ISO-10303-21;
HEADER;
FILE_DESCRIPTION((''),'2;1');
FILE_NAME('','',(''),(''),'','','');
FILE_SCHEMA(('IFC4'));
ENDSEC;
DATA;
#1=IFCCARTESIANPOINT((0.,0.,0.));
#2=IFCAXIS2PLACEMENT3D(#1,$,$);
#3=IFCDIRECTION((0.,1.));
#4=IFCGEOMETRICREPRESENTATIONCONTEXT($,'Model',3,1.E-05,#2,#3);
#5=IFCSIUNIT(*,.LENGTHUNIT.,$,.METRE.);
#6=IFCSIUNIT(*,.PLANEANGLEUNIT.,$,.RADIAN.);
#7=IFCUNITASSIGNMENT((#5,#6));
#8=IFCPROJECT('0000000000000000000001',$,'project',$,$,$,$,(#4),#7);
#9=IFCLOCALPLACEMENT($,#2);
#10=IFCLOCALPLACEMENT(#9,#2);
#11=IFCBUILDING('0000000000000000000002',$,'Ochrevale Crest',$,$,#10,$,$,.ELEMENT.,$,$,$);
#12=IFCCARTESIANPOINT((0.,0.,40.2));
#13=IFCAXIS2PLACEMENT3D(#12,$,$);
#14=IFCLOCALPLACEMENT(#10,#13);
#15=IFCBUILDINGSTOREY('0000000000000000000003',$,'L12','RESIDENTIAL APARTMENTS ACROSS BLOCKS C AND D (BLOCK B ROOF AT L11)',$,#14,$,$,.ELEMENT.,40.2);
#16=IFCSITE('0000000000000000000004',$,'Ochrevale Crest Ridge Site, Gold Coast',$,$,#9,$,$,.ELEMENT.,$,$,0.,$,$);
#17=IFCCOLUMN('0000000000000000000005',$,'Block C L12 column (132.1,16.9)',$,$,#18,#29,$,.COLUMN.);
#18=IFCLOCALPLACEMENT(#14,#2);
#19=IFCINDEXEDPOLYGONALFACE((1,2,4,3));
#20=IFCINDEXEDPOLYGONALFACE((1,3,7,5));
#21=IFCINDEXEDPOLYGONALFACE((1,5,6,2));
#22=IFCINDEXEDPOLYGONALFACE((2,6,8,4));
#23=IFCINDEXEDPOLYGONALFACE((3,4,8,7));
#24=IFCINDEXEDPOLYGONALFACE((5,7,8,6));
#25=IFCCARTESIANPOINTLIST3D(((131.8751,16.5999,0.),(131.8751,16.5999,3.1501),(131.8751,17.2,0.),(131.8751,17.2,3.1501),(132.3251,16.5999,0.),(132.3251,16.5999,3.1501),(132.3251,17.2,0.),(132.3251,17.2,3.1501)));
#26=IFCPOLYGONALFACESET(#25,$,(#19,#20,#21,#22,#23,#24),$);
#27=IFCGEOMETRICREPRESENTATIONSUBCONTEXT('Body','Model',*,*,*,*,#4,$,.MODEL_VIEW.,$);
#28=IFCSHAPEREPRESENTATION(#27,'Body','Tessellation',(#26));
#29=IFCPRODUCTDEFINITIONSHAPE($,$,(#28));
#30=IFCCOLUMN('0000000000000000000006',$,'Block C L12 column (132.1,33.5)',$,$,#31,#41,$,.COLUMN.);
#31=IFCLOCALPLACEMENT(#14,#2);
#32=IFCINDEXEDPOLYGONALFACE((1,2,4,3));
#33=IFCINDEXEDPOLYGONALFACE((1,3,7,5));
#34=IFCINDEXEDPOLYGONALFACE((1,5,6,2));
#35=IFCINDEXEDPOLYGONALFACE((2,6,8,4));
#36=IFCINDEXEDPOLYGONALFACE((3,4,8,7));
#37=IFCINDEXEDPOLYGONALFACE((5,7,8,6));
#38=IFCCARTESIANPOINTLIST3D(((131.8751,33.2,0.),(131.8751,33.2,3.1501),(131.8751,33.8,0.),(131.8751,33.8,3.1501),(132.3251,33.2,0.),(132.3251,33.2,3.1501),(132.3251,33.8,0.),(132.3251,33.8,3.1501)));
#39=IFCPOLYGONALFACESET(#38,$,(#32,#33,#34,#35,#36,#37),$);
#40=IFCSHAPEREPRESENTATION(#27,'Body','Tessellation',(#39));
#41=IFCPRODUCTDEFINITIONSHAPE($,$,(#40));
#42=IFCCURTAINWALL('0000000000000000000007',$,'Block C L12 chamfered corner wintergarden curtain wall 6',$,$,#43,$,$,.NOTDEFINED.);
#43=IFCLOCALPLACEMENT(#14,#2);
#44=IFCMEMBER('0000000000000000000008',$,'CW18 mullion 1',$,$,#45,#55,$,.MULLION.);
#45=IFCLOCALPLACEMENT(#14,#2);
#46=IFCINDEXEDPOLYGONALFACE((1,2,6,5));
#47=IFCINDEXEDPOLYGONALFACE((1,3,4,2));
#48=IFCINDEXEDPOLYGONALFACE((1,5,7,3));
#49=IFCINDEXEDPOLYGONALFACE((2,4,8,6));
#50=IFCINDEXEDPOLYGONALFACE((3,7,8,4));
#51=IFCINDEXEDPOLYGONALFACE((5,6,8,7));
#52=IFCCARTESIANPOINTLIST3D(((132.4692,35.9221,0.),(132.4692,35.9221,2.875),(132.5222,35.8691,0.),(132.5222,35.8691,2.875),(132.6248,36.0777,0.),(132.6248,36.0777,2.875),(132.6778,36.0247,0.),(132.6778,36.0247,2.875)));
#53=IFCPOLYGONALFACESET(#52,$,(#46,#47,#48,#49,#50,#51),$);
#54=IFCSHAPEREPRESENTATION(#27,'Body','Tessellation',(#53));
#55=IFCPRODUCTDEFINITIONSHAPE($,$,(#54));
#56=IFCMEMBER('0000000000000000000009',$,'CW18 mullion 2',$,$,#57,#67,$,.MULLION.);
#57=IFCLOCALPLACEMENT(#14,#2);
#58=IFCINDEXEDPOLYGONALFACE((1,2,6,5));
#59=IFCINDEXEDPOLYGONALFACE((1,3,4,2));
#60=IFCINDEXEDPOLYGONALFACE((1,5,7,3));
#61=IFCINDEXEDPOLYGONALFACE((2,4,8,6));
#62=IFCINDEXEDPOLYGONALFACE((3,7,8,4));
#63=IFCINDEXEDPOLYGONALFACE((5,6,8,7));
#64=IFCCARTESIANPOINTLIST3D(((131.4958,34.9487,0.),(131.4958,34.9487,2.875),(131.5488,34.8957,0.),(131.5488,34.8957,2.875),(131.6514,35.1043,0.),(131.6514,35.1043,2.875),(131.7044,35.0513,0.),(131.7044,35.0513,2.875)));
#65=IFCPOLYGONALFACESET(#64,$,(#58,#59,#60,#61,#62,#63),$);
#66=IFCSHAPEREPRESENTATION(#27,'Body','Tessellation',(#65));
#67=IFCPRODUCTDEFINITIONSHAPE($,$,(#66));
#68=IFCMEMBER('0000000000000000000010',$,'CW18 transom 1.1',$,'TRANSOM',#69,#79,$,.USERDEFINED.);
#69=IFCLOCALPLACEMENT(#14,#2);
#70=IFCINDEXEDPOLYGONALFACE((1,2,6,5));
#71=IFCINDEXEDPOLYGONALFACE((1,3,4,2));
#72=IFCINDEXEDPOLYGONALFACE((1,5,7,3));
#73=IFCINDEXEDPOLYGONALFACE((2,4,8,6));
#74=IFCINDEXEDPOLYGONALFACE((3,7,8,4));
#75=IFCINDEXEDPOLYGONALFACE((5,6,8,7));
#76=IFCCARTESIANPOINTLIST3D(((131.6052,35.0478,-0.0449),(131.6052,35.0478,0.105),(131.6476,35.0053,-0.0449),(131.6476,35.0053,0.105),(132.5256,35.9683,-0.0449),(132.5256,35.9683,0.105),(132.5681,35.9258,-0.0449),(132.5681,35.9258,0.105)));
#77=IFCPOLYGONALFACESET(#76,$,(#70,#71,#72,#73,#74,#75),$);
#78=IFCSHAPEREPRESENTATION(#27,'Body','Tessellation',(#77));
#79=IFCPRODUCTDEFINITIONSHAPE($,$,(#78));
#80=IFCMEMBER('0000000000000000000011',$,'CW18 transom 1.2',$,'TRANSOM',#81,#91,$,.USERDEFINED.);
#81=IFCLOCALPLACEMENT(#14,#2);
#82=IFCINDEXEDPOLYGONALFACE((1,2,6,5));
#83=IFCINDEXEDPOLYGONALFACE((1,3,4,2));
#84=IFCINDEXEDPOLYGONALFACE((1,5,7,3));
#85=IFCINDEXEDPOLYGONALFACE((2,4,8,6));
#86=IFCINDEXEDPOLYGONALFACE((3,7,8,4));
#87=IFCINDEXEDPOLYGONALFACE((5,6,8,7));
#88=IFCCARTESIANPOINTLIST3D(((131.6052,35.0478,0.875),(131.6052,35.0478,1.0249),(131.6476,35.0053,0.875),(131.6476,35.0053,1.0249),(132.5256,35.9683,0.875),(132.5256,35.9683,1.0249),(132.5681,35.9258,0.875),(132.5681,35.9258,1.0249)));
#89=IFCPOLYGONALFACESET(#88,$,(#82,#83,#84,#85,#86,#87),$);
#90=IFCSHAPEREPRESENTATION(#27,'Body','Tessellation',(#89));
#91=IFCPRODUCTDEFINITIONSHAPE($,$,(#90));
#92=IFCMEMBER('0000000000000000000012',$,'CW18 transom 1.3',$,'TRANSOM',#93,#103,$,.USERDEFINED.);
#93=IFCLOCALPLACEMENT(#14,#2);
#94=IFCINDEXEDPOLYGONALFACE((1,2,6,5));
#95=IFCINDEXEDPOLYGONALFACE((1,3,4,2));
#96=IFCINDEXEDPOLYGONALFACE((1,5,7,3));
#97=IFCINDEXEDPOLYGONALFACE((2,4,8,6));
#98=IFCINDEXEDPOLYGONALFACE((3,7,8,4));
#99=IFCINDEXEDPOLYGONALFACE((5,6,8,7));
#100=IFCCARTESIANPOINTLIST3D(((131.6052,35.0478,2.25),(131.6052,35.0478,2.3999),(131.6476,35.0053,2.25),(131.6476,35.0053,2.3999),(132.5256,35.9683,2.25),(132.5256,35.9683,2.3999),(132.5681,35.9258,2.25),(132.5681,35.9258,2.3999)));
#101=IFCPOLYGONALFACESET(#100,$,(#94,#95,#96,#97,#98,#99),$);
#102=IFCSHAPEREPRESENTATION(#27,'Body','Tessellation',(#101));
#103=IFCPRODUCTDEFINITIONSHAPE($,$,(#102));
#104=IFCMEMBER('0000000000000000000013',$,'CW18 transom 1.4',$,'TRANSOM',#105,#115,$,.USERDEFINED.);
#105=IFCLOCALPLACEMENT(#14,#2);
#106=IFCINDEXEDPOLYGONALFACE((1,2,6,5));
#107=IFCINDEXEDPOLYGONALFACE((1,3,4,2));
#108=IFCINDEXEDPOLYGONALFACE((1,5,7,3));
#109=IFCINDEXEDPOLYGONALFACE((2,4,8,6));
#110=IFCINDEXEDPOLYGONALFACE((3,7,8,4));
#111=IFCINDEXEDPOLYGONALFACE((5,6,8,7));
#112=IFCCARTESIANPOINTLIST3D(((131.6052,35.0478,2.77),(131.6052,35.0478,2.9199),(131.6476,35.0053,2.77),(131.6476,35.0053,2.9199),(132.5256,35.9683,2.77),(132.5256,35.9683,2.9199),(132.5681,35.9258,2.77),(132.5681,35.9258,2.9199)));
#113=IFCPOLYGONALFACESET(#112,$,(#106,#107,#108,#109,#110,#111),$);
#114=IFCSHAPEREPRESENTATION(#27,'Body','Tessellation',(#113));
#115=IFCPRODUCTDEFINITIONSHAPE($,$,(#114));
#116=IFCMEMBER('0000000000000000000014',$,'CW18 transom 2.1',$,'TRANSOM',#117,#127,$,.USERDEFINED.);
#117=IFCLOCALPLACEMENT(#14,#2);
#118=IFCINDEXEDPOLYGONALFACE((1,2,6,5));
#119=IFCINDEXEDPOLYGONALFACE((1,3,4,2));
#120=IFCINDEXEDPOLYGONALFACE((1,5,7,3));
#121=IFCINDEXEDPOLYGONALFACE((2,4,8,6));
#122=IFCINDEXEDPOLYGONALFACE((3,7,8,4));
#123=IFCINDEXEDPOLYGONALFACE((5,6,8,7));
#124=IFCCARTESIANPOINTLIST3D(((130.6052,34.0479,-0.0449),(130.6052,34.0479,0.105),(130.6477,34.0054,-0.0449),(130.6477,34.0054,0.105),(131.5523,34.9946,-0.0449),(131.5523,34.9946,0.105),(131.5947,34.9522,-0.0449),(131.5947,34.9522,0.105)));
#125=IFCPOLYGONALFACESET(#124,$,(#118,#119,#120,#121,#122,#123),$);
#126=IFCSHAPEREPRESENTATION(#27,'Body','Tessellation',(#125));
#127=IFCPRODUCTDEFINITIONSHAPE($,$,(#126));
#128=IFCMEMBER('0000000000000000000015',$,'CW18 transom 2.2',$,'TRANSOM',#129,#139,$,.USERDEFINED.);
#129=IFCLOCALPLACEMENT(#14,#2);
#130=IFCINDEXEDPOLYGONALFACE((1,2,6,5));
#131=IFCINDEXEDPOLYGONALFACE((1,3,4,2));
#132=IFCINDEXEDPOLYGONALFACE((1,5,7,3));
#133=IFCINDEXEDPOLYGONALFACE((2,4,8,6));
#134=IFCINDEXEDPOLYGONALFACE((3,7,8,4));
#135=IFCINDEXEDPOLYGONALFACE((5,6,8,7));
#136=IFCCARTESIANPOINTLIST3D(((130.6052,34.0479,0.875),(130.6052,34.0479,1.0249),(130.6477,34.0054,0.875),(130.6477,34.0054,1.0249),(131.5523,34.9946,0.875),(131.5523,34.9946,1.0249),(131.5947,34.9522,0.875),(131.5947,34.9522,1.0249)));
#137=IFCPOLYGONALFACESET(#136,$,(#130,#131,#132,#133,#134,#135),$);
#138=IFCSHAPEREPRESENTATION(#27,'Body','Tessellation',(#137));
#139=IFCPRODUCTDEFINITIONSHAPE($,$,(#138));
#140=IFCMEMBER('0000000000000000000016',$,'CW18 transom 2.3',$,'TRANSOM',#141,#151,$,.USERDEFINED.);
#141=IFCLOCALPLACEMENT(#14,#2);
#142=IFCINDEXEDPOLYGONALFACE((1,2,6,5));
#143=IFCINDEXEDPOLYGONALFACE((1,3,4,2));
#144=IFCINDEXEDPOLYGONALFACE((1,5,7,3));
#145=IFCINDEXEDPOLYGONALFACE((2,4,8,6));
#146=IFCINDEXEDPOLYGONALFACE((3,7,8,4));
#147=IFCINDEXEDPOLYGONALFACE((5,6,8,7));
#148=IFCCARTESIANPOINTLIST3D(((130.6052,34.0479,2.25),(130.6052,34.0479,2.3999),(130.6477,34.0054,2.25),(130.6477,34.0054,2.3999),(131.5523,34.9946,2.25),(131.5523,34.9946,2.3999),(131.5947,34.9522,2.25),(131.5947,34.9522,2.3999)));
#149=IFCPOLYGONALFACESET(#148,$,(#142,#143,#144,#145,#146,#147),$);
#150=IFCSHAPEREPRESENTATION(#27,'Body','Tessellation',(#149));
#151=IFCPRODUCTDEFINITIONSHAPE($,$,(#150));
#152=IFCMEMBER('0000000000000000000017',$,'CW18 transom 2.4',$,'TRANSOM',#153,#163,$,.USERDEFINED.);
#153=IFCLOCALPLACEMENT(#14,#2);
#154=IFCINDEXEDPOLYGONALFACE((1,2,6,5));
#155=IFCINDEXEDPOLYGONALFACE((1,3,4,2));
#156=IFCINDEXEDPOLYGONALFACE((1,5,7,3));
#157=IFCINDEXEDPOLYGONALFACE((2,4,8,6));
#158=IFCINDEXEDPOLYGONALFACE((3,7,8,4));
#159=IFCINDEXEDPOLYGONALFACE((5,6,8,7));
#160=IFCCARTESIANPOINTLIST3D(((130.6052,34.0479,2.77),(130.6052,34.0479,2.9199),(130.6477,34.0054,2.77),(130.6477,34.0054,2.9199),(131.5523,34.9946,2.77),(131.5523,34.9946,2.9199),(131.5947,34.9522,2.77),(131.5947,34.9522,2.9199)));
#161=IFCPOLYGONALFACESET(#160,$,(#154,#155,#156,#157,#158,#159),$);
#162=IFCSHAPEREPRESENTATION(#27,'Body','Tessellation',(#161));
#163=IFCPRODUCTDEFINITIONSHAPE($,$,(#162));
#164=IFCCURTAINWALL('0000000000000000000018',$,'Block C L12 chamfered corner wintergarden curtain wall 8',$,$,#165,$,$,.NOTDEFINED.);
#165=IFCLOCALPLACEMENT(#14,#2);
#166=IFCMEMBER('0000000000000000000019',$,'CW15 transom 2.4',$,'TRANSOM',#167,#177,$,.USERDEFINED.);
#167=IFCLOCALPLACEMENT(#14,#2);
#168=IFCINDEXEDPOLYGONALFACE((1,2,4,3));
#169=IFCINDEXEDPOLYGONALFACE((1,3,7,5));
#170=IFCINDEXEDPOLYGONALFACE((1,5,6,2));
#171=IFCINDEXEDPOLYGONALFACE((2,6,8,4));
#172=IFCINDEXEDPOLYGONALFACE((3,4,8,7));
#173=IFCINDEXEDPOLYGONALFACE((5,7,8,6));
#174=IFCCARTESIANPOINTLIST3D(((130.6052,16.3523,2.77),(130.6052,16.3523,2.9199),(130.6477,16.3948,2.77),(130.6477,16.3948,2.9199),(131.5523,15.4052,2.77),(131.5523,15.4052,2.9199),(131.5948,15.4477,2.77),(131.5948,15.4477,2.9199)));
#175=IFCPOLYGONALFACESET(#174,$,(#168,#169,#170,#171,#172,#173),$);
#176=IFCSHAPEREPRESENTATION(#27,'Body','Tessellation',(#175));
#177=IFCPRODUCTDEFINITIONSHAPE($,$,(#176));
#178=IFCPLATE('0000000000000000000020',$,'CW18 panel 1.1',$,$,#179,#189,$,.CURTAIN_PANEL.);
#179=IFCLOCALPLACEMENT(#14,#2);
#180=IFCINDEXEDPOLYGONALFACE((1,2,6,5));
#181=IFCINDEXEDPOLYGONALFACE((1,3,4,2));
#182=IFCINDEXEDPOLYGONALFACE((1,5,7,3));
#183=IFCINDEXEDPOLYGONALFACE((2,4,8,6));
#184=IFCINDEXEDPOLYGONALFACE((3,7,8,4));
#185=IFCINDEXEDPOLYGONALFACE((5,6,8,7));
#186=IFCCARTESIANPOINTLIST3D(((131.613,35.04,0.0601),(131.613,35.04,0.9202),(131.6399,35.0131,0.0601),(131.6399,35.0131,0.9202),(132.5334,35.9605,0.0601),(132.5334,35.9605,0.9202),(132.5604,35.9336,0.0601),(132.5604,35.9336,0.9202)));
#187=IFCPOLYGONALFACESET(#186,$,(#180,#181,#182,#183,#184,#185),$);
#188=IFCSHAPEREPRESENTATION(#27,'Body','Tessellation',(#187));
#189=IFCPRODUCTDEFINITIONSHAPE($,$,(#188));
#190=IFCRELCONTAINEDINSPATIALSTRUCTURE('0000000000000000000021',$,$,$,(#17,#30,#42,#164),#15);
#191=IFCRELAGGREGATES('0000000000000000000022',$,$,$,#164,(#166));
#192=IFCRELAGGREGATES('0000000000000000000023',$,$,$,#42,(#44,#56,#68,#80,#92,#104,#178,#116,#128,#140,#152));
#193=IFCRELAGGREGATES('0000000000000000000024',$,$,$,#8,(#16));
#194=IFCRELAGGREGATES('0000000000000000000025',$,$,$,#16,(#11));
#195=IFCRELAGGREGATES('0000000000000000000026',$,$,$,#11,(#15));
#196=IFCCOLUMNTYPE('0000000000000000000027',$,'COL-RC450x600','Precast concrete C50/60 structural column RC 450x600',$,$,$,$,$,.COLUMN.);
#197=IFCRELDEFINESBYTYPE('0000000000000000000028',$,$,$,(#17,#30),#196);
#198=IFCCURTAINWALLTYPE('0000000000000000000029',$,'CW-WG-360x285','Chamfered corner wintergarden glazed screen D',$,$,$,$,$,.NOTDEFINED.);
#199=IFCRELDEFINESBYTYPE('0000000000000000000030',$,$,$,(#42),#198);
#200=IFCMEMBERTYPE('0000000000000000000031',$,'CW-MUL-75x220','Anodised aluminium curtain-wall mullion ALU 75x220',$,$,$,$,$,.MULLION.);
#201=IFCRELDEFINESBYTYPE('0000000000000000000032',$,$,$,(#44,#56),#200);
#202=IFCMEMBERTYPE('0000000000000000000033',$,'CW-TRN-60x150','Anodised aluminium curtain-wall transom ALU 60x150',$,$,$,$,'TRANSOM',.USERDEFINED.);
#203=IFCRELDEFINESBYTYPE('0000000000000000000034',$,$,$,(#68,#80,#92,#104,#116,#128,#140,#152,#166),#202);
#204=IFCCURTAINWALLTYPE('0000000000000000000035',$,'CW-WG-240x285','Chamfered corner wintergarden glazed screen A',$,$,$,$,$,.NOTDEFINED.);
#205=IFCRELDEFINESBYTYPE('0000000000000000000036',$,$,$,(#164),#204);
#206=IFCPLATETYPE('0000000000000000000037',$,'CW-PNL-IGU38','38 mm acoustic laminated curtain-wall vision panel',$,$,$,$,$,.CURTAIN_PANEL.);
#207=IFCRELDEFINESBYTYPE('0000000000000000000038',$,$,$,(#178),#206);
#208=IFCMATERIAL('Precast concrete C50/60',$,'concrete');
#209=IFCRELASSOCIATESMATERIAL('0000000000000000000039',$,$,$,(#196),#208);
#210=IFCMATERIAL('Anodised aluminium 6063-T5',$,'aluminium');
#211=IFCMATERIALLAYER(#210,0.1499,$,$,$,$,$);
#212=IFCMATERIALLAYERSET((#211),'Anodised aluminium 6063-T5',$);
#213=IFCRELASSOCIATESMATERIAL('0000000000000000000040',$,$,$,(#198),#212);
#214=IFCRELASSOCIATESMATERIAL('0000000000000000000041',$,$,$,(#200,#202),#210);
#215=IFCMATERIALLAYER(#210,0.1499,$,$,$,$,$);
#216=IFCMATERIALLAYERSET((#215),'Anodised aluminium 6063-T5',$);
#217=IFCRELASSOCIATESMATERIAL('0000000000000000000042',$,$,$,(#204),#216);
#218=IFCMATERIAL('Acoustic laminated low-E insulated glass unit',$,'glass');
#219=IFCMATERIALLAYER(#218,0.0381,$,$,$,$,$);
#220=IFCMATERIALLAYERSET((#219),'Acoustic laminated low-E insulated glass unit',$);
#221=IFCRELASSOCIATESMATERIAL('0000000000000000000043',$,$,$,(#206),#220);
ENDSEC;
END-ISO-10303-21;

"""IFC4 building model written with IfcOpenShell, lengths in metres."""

from ifc_helpers import new_model, si_unit, direction, frame, origin, origin_2d, place, context, subcontext, project, spatial, rectangle, extrude, material, layer, layer_set, material_profile, profile_set, type_object, element, aggregate, save


model = new_model("IFC4")

# Units and contexts
model_context = context("Model", 3, precision=1e-05, world=origin(), true_north=direction((0.0, 1.0)))
body_context = subcontext(model_context, "Body", "Model", "MODEL_VIEW")
ifc_project = project(units=[si_unit("LENGTHUNIT", "METRE"), si_unit("PLANEANGLEUNIT", "RADIAN")], contexts=[model_context])

# Site, building, storey
site_placement = place(None, origin())
site = spatial("IfcSite", under=ifc_project, at=site_placement, Name="Ochrevale Crest Ridge Site, Gold Coast", CompositionType="ELEMENT", RefElevation=0.0)
building_placement = place(site_placement, origin())
building = spatial("IfcBuilding", under=site, at=building_placement, Name="Ochrevale Crest", CompositionType="ELEMENT")
storey_placement = place(building_placement, frame((0.0, 0.0, 40.2)))
storey = spatial("IfcBuildingStorey", under=building, at=storey_placement, Name="L12", Description="RESIDENTIAL APARTMENTS ACROSS BLOCKS C AND D (BLOCK B ROOF AT L11)", CompositionType="ELEMENT", Elevation=40.2)

# Columns
ifc_material_1 = material(Name="Precast concrete C50/60", Category="concrete")
ifc_material_profile_1 = material_profile(ifc_material_1, rectangle(XDim=0.45, YDim=0.6001, at=origin_2d()), Name="RC 450x600")
ifc_profile_set_1 = profile_set([ifc_material_profile_1], Name="Precast concrete C50/60")
column_type = type_object("IfcColumnType", Name="COL-RC450x600", Description="Precast concrete C50/60 structural column RC 450x600", PredefinedType="COLUMN", material=ifc_profile_set_1)
for number, where, z_axis, x_axis, name in (
    (1, (132.1001, 16.8999, 0.0), (0.0, 0.0, 1.0), (1.0, 0.0, 0.0), "Block C L12 column (132.1,16.9)"),
    (2, (132.1001, 33.5, 0.0), (0.0, 0.0, 1.0), (1.0, 0.0, 0.0), "Block C L12 column (132.1,33.5)"),
):
    element("IfcColumn", number, at=place(storey_placement, frame(where, z_axis=z_axis, x_axis=x_axis)), inside=storey, type_object=column_type, Name=name, PredefinedType="COLUMN", context=body_context, shape_type="SweptSolid", body=[
        extrude(rectangle(XDim=0.45, YDim=0.6001, at=origin_2d()), origin(), (0.0, 0.0, 1.0), 3.1501),
    ])

# Curtain wall, members
ifc_material_2 = material(Name="Anodised aluminium 6063-T5", Category="aluminium")
ifc_layer_1 = layer(ifc_material_2, 0.1499)
ifc_layer_set_1 = layer_set([ifc_layer_1], Name="Anodised aluminium 6063-T5")
curtain_wall_type_1 = type_object("IfcCurtainWallType", Name="CW-WG-360x285", Description="Chamfered corner wintergarden glazed screen D", PredefinedType="NOTDEFINED", material=ifc_layer_set_1)
curtain_wall_1_placement = place(storey_placement, origin())
curtain_wall_1 = element("IfcCurtainWall", 3, at=curtain_wall_1_placement, inside=storey, type_object=curtain_wall_type_1, Name="Block C L12 chamfered corner wintergarden curtain wall 6", PredefinedType="NOTDEFINED")
ifc_material_profile_2 = material_profile(ifc_material_2, rectangle(XDim=0.075, YDim=0.22, at=origin_2d()), Name="ALU 75x220")
ifc_profile_set_2 = profile_set([ifc_material_profile_2], Name="Anodised aluminium 6063-T5")
member_type_1 = type_object("IfcMemberType", Name="CW-MUL-75x220", Description="Anodised aluminium curtain-wall mullion ALU 75x220", PredefinedType="MULLION", material=ifc_profile_set_2)
member_1_placement = place(storey_placement, frame((132.5735, 35.9734, 0.0), z_axis=(0.0, 0.0, 1.0), x_axis=(0.707107, -0.707107, 0.0)))
member_1 = element("IfcMember", 4, at=member_1_placement, type_object=member_type_1, Name="CW18 mullion 1", PredefinedType="MULLION", context=body_context, shape_type="SweptSolid", body=[
    extrude(rectangle(XDim=0.075, YDim=0.22, at=origin_2d()), origin(), (0.0, 0.0, 1.0), 2.875),
])
member_2_placement = place(storey_placement, frame((131.6001, 35.0, 0.0), z_axis=(0.0, 0.0, 1.0), x_axis=(0.707107, -0.707107, 0.0)))
member_2 = element("IfcMember", 5, at=member_2_placement, type_object=member_type_1, Name="CW18 mullion 2", PredefinedType="MULLION", context=body_context, shape_type="SweptSolid", body=[
    extrude(rectangle(XDim=0.075, YDim=0.22, at=origin_2d()), origin(), (0.0, 0.0, 1.0), 2.875),
])
ifc_material_profile_3 = material_profile(ifc_material_2, rectangle(XDim=0.0601, YDim=0.1499, at=origin_2d()), Name="ALU 60x150")
ifc_profile_set_3 = profile_set([ifc_material_profile_3], Name="Anodised aluminium 6063-T5")
member_type_2 = type_object("IfcMemberType", Name="CW-TRN-60x150", Description="Anodised aluminium curtain-wall transom ALU 60x150", ElementType="TRANSOM", PredefinedType="USERDEFINED", material=ifc_profile_set_3)
member_3_placement = place(storey_placement, frame((132.5469, 35.947, 0.03), z_axis=(-0.707107, -0.707107, 0.0), x_axis=(0.707107, -0.707107, 0.0)))
member_3 = element("IfcMember", 6, at=member_3_placement, type_object=member_type_2, Name="CW18 transom 1.1", ObjectType="TRANSOM", PredefinedType="USERDEFINED", context=body_context, shape_type="SweptSolid", body=[
    extrude(rectangle(XDim=0.0601, YDim=0.1499, at=origin_2d()), origin(), (0.0, 0.0, 1.0), 1.3018),
])
member_4_placement = place(storey_placement, frame((132.5469, 35.947, 0.95), z_axis=(-0.707107, -0.707107, 0.0), x_axis=(0.707107, -0.707107, 0.0)))
member_4 = element("IfcMember", 7, at=member_4_placement, type_object=member_type_2, Name="CW18 transom 1.2", ObjectType="TRANSOM", PredefinedType="USERDEFINED", context=body_context, shape_type="SweptSolid", body=[
    extrude(rectangle(XDim=0.0601, YDim=0.1499, at=origin_2d()), origin(), (0.0, 0.0, 1.0), 1.3018),
])
member_5_placement = place(storey_placement, frame((132.5469, 35.947, 2.325), z_axis=(-0.707107, -0.707107, 0.0), x_axis=(0.707107, -0.707107, 0.0)))
member_5 = element("IfcMember", 8, at=member_5_placement, type_object=member_type_2, Name="CW18 transom 1.3", ObjectType="TRANSOM", PredefinedType="USERDEFINED", context=body_context, shape_type="SweptSolid", body=[
    extrude(rectangle(XDim=0.0601, YDim=0.1499, at=origin_2d()), origin(), (0.0, 0.0, 1.0), 1.3018),
])
member_6_placement = place(storey_placement, frame((132.5469, 35.947, 2.845), z_axis=(-0.707107, -0.707107, 0.0), x_axis=(0.707107, -0.707107, 0.0)))
member_6 = element("IfcMember", 9, at=member_6_placement, type_object=member_type_2, Name="CW18 transom 1.4", ObjectType="TRANSOM", PredefinedType="USERDEFINED", context=body_context, shape_type="SweptSolid", body=[
    extrude(rectangle(XDim=0.0601, YDim=0.1499, at=origin_2d()), origin(), (0.0, 0.0, 1.0), 1.3018),
])
member_7_placement = place(storey_placement, frame((131.5735, 34.9734, 0.03), z_axis=(-0.707198, -0.707016, 0.0), x_axis=(0.707016, -0.707198, 0.0)))
member_7 = element("IfcMember", 10, at=member_7_placement, type_object=member_type_2, Name="CW18 transom 2.1", ObjectType="TRANSOM", PredefinedType="USERDEFINED", context=body_context, shape_type="SweptSolid", body=[
    extrude(rectangle(XDim=0.0601, YDim=0.1499, at=origin_2d()), origin(), (0.0, 0.0, 1.0), 1.3391),
])
member_8_placement = place(storey_placement, frame((131.5735, 34.9734, 0.95), z_axis=(-0.707198, -0.707016, 0.0), x_axis=(0.707016, -0.707198, 0.0)))
member_8 = element("IfcMember", 11, at=member_8_placement, type_object=member_type_2, Name="CW18 transom 2.2", ObjectType="TRANSOM", PredefinedType="USERDEFINED", context=body_context, shape_type="SweptSolid", body=[
    extrude(rectangle(XDim=0.0601, YDim=0.1499, at=origin_2d()), origin(), (0.0, 0.0, 1.0), 1.3391),
])
member_9_placement = place(storey_placement, frame((131.5735, 34.9734, 2.325), z_axis=(-0.707198, -0.707016, 0.0), x_axis=(0.707016, -0.707198, 0.0)))
member_9 = element("IfcMember", 12, at=member_9_placement, type_object=member_type_2, Name="CW18 transom 2.3", ObjectType="TRANSOM", PredefinedType="USERDEFINED", context=body_context, shape_type="SweptSolid", body=[
    extrude(rectangle(XDim=0.0601, YDim=0.1499, at=origin_2d()), origin(), (0.0, 0.0, 1.0), 1.3391),
])
member_10_placement = place(storey_placement, frame((131.5735, 34.9734, 2.845), z_axis=(-0.707198, -0.707016, 0.0), x_axis=(0.707016, -0.707198, 0.0)))
member_10 = element("IfcMember", 13, at=member_10_placement, type_object=member_type_2, Name="CW18 transom 2.4", ObjectType="TRANSOM", PredefinedType="USERDEFINED", context=body_context, shape_type="SweptSolid", body=[
    extrude(rectangle(XDim=0.0601, YDim=0.1499, at=origin_2d()), origin(), (0.0, 0.0, 1.0), 1.3391),
])

# Curtain wall, member
ifc_layer_2 = layer(ifc_material_2, 0.1499)
ifc_layer_set_2 = layer_set([ifc_layer_2], Name="Anodised aluminium 6063-T5")
curtain_wall_type_2 = type_object("IfcCurtainWallType", Name="CW-WG-240x285", Description="Chamfered corner wintergarden glazed screen A", PredefinedType="NOTDEFINED", material=ifc_layer_set_2)
curtain_wall_2_placement = place(storey_placement, origin())
curtain_wall_2 = element("IfcCurtainWall", 14, at=curtain_wall_2_placement, inside=storey, type_object=curtain_wall_type_2, Name="Block C L12 chamfered corner wintergarden curtain wall 8", PredefinedType="NOTDEFINED")
member_11_placement = place(storey_placement, frame((130.6265, 16.3735, 2.845), z_axis=(0.707107, -0.707107, 0.0), x_axis=(0.707107, 0.707107, 0.0)))
member_11 = element("IfcMember", 15, at=member_11_placement, type_object=member_type_2, Name="CW15 transom 2.4", ObjectType="TRANSOM", PredefinedType="USERDEFINED", context=body_context, shape_type="SweptSolid", body=[
    extrude(rectangle(XDim=0.0601, YDim=0.1499, at=origin_2d()), origin(), (0.0, 0.0, 1.0), 1.3394),
])
aggregate(curtain_wall_2, [member_11])

# Plate
ifc_material_3 = material(Name="Acoustic laminated low-E insulated glass unit", Category="glass")
ifc_layer_3 = layer(ifc_material_3, 0.0381)
ifc_layer_set_3 = layer_set([ifc_layer_3], Name="Acoustic laminated low-E insulated glass unit")
plate_type = type_object("IfcPlateType", Name="CW-PNL-IGU38", Description="38 mm acoustic laminated curtain-wall vision panel", PredefinedType="CURTAIN_PANEL", material=ifc_layer_set_3)
plate_1_placement = place(storey_placement, frame((132.0867, 35.4868, 0.0601), z_axis=(0.0, 0.0, 1.0), x_axis=(-0.707107, -0.707107, 0.0)))
plate_1 = element("IfcPlate", 16, at=plate_1_placement, type_object=plate_type, Name="CW18 panel 1.1", PredefinedType="CURTAIN_PANEL", context=body_context, shape_type="SweptSolid", body=[
    extrude(rectangle(XDim=1.3018, YDim=0.0381, at=origin_2d()), origin(), (0.0, 0.0, 1.0), 0.8601),
])
aggregate(curtain_wall_1, [member_1, member_2, member_3, member_4, member_5, member_6, plate_1, member_7, member_8, member_9, member_10])

save(model, "model.ifc")
